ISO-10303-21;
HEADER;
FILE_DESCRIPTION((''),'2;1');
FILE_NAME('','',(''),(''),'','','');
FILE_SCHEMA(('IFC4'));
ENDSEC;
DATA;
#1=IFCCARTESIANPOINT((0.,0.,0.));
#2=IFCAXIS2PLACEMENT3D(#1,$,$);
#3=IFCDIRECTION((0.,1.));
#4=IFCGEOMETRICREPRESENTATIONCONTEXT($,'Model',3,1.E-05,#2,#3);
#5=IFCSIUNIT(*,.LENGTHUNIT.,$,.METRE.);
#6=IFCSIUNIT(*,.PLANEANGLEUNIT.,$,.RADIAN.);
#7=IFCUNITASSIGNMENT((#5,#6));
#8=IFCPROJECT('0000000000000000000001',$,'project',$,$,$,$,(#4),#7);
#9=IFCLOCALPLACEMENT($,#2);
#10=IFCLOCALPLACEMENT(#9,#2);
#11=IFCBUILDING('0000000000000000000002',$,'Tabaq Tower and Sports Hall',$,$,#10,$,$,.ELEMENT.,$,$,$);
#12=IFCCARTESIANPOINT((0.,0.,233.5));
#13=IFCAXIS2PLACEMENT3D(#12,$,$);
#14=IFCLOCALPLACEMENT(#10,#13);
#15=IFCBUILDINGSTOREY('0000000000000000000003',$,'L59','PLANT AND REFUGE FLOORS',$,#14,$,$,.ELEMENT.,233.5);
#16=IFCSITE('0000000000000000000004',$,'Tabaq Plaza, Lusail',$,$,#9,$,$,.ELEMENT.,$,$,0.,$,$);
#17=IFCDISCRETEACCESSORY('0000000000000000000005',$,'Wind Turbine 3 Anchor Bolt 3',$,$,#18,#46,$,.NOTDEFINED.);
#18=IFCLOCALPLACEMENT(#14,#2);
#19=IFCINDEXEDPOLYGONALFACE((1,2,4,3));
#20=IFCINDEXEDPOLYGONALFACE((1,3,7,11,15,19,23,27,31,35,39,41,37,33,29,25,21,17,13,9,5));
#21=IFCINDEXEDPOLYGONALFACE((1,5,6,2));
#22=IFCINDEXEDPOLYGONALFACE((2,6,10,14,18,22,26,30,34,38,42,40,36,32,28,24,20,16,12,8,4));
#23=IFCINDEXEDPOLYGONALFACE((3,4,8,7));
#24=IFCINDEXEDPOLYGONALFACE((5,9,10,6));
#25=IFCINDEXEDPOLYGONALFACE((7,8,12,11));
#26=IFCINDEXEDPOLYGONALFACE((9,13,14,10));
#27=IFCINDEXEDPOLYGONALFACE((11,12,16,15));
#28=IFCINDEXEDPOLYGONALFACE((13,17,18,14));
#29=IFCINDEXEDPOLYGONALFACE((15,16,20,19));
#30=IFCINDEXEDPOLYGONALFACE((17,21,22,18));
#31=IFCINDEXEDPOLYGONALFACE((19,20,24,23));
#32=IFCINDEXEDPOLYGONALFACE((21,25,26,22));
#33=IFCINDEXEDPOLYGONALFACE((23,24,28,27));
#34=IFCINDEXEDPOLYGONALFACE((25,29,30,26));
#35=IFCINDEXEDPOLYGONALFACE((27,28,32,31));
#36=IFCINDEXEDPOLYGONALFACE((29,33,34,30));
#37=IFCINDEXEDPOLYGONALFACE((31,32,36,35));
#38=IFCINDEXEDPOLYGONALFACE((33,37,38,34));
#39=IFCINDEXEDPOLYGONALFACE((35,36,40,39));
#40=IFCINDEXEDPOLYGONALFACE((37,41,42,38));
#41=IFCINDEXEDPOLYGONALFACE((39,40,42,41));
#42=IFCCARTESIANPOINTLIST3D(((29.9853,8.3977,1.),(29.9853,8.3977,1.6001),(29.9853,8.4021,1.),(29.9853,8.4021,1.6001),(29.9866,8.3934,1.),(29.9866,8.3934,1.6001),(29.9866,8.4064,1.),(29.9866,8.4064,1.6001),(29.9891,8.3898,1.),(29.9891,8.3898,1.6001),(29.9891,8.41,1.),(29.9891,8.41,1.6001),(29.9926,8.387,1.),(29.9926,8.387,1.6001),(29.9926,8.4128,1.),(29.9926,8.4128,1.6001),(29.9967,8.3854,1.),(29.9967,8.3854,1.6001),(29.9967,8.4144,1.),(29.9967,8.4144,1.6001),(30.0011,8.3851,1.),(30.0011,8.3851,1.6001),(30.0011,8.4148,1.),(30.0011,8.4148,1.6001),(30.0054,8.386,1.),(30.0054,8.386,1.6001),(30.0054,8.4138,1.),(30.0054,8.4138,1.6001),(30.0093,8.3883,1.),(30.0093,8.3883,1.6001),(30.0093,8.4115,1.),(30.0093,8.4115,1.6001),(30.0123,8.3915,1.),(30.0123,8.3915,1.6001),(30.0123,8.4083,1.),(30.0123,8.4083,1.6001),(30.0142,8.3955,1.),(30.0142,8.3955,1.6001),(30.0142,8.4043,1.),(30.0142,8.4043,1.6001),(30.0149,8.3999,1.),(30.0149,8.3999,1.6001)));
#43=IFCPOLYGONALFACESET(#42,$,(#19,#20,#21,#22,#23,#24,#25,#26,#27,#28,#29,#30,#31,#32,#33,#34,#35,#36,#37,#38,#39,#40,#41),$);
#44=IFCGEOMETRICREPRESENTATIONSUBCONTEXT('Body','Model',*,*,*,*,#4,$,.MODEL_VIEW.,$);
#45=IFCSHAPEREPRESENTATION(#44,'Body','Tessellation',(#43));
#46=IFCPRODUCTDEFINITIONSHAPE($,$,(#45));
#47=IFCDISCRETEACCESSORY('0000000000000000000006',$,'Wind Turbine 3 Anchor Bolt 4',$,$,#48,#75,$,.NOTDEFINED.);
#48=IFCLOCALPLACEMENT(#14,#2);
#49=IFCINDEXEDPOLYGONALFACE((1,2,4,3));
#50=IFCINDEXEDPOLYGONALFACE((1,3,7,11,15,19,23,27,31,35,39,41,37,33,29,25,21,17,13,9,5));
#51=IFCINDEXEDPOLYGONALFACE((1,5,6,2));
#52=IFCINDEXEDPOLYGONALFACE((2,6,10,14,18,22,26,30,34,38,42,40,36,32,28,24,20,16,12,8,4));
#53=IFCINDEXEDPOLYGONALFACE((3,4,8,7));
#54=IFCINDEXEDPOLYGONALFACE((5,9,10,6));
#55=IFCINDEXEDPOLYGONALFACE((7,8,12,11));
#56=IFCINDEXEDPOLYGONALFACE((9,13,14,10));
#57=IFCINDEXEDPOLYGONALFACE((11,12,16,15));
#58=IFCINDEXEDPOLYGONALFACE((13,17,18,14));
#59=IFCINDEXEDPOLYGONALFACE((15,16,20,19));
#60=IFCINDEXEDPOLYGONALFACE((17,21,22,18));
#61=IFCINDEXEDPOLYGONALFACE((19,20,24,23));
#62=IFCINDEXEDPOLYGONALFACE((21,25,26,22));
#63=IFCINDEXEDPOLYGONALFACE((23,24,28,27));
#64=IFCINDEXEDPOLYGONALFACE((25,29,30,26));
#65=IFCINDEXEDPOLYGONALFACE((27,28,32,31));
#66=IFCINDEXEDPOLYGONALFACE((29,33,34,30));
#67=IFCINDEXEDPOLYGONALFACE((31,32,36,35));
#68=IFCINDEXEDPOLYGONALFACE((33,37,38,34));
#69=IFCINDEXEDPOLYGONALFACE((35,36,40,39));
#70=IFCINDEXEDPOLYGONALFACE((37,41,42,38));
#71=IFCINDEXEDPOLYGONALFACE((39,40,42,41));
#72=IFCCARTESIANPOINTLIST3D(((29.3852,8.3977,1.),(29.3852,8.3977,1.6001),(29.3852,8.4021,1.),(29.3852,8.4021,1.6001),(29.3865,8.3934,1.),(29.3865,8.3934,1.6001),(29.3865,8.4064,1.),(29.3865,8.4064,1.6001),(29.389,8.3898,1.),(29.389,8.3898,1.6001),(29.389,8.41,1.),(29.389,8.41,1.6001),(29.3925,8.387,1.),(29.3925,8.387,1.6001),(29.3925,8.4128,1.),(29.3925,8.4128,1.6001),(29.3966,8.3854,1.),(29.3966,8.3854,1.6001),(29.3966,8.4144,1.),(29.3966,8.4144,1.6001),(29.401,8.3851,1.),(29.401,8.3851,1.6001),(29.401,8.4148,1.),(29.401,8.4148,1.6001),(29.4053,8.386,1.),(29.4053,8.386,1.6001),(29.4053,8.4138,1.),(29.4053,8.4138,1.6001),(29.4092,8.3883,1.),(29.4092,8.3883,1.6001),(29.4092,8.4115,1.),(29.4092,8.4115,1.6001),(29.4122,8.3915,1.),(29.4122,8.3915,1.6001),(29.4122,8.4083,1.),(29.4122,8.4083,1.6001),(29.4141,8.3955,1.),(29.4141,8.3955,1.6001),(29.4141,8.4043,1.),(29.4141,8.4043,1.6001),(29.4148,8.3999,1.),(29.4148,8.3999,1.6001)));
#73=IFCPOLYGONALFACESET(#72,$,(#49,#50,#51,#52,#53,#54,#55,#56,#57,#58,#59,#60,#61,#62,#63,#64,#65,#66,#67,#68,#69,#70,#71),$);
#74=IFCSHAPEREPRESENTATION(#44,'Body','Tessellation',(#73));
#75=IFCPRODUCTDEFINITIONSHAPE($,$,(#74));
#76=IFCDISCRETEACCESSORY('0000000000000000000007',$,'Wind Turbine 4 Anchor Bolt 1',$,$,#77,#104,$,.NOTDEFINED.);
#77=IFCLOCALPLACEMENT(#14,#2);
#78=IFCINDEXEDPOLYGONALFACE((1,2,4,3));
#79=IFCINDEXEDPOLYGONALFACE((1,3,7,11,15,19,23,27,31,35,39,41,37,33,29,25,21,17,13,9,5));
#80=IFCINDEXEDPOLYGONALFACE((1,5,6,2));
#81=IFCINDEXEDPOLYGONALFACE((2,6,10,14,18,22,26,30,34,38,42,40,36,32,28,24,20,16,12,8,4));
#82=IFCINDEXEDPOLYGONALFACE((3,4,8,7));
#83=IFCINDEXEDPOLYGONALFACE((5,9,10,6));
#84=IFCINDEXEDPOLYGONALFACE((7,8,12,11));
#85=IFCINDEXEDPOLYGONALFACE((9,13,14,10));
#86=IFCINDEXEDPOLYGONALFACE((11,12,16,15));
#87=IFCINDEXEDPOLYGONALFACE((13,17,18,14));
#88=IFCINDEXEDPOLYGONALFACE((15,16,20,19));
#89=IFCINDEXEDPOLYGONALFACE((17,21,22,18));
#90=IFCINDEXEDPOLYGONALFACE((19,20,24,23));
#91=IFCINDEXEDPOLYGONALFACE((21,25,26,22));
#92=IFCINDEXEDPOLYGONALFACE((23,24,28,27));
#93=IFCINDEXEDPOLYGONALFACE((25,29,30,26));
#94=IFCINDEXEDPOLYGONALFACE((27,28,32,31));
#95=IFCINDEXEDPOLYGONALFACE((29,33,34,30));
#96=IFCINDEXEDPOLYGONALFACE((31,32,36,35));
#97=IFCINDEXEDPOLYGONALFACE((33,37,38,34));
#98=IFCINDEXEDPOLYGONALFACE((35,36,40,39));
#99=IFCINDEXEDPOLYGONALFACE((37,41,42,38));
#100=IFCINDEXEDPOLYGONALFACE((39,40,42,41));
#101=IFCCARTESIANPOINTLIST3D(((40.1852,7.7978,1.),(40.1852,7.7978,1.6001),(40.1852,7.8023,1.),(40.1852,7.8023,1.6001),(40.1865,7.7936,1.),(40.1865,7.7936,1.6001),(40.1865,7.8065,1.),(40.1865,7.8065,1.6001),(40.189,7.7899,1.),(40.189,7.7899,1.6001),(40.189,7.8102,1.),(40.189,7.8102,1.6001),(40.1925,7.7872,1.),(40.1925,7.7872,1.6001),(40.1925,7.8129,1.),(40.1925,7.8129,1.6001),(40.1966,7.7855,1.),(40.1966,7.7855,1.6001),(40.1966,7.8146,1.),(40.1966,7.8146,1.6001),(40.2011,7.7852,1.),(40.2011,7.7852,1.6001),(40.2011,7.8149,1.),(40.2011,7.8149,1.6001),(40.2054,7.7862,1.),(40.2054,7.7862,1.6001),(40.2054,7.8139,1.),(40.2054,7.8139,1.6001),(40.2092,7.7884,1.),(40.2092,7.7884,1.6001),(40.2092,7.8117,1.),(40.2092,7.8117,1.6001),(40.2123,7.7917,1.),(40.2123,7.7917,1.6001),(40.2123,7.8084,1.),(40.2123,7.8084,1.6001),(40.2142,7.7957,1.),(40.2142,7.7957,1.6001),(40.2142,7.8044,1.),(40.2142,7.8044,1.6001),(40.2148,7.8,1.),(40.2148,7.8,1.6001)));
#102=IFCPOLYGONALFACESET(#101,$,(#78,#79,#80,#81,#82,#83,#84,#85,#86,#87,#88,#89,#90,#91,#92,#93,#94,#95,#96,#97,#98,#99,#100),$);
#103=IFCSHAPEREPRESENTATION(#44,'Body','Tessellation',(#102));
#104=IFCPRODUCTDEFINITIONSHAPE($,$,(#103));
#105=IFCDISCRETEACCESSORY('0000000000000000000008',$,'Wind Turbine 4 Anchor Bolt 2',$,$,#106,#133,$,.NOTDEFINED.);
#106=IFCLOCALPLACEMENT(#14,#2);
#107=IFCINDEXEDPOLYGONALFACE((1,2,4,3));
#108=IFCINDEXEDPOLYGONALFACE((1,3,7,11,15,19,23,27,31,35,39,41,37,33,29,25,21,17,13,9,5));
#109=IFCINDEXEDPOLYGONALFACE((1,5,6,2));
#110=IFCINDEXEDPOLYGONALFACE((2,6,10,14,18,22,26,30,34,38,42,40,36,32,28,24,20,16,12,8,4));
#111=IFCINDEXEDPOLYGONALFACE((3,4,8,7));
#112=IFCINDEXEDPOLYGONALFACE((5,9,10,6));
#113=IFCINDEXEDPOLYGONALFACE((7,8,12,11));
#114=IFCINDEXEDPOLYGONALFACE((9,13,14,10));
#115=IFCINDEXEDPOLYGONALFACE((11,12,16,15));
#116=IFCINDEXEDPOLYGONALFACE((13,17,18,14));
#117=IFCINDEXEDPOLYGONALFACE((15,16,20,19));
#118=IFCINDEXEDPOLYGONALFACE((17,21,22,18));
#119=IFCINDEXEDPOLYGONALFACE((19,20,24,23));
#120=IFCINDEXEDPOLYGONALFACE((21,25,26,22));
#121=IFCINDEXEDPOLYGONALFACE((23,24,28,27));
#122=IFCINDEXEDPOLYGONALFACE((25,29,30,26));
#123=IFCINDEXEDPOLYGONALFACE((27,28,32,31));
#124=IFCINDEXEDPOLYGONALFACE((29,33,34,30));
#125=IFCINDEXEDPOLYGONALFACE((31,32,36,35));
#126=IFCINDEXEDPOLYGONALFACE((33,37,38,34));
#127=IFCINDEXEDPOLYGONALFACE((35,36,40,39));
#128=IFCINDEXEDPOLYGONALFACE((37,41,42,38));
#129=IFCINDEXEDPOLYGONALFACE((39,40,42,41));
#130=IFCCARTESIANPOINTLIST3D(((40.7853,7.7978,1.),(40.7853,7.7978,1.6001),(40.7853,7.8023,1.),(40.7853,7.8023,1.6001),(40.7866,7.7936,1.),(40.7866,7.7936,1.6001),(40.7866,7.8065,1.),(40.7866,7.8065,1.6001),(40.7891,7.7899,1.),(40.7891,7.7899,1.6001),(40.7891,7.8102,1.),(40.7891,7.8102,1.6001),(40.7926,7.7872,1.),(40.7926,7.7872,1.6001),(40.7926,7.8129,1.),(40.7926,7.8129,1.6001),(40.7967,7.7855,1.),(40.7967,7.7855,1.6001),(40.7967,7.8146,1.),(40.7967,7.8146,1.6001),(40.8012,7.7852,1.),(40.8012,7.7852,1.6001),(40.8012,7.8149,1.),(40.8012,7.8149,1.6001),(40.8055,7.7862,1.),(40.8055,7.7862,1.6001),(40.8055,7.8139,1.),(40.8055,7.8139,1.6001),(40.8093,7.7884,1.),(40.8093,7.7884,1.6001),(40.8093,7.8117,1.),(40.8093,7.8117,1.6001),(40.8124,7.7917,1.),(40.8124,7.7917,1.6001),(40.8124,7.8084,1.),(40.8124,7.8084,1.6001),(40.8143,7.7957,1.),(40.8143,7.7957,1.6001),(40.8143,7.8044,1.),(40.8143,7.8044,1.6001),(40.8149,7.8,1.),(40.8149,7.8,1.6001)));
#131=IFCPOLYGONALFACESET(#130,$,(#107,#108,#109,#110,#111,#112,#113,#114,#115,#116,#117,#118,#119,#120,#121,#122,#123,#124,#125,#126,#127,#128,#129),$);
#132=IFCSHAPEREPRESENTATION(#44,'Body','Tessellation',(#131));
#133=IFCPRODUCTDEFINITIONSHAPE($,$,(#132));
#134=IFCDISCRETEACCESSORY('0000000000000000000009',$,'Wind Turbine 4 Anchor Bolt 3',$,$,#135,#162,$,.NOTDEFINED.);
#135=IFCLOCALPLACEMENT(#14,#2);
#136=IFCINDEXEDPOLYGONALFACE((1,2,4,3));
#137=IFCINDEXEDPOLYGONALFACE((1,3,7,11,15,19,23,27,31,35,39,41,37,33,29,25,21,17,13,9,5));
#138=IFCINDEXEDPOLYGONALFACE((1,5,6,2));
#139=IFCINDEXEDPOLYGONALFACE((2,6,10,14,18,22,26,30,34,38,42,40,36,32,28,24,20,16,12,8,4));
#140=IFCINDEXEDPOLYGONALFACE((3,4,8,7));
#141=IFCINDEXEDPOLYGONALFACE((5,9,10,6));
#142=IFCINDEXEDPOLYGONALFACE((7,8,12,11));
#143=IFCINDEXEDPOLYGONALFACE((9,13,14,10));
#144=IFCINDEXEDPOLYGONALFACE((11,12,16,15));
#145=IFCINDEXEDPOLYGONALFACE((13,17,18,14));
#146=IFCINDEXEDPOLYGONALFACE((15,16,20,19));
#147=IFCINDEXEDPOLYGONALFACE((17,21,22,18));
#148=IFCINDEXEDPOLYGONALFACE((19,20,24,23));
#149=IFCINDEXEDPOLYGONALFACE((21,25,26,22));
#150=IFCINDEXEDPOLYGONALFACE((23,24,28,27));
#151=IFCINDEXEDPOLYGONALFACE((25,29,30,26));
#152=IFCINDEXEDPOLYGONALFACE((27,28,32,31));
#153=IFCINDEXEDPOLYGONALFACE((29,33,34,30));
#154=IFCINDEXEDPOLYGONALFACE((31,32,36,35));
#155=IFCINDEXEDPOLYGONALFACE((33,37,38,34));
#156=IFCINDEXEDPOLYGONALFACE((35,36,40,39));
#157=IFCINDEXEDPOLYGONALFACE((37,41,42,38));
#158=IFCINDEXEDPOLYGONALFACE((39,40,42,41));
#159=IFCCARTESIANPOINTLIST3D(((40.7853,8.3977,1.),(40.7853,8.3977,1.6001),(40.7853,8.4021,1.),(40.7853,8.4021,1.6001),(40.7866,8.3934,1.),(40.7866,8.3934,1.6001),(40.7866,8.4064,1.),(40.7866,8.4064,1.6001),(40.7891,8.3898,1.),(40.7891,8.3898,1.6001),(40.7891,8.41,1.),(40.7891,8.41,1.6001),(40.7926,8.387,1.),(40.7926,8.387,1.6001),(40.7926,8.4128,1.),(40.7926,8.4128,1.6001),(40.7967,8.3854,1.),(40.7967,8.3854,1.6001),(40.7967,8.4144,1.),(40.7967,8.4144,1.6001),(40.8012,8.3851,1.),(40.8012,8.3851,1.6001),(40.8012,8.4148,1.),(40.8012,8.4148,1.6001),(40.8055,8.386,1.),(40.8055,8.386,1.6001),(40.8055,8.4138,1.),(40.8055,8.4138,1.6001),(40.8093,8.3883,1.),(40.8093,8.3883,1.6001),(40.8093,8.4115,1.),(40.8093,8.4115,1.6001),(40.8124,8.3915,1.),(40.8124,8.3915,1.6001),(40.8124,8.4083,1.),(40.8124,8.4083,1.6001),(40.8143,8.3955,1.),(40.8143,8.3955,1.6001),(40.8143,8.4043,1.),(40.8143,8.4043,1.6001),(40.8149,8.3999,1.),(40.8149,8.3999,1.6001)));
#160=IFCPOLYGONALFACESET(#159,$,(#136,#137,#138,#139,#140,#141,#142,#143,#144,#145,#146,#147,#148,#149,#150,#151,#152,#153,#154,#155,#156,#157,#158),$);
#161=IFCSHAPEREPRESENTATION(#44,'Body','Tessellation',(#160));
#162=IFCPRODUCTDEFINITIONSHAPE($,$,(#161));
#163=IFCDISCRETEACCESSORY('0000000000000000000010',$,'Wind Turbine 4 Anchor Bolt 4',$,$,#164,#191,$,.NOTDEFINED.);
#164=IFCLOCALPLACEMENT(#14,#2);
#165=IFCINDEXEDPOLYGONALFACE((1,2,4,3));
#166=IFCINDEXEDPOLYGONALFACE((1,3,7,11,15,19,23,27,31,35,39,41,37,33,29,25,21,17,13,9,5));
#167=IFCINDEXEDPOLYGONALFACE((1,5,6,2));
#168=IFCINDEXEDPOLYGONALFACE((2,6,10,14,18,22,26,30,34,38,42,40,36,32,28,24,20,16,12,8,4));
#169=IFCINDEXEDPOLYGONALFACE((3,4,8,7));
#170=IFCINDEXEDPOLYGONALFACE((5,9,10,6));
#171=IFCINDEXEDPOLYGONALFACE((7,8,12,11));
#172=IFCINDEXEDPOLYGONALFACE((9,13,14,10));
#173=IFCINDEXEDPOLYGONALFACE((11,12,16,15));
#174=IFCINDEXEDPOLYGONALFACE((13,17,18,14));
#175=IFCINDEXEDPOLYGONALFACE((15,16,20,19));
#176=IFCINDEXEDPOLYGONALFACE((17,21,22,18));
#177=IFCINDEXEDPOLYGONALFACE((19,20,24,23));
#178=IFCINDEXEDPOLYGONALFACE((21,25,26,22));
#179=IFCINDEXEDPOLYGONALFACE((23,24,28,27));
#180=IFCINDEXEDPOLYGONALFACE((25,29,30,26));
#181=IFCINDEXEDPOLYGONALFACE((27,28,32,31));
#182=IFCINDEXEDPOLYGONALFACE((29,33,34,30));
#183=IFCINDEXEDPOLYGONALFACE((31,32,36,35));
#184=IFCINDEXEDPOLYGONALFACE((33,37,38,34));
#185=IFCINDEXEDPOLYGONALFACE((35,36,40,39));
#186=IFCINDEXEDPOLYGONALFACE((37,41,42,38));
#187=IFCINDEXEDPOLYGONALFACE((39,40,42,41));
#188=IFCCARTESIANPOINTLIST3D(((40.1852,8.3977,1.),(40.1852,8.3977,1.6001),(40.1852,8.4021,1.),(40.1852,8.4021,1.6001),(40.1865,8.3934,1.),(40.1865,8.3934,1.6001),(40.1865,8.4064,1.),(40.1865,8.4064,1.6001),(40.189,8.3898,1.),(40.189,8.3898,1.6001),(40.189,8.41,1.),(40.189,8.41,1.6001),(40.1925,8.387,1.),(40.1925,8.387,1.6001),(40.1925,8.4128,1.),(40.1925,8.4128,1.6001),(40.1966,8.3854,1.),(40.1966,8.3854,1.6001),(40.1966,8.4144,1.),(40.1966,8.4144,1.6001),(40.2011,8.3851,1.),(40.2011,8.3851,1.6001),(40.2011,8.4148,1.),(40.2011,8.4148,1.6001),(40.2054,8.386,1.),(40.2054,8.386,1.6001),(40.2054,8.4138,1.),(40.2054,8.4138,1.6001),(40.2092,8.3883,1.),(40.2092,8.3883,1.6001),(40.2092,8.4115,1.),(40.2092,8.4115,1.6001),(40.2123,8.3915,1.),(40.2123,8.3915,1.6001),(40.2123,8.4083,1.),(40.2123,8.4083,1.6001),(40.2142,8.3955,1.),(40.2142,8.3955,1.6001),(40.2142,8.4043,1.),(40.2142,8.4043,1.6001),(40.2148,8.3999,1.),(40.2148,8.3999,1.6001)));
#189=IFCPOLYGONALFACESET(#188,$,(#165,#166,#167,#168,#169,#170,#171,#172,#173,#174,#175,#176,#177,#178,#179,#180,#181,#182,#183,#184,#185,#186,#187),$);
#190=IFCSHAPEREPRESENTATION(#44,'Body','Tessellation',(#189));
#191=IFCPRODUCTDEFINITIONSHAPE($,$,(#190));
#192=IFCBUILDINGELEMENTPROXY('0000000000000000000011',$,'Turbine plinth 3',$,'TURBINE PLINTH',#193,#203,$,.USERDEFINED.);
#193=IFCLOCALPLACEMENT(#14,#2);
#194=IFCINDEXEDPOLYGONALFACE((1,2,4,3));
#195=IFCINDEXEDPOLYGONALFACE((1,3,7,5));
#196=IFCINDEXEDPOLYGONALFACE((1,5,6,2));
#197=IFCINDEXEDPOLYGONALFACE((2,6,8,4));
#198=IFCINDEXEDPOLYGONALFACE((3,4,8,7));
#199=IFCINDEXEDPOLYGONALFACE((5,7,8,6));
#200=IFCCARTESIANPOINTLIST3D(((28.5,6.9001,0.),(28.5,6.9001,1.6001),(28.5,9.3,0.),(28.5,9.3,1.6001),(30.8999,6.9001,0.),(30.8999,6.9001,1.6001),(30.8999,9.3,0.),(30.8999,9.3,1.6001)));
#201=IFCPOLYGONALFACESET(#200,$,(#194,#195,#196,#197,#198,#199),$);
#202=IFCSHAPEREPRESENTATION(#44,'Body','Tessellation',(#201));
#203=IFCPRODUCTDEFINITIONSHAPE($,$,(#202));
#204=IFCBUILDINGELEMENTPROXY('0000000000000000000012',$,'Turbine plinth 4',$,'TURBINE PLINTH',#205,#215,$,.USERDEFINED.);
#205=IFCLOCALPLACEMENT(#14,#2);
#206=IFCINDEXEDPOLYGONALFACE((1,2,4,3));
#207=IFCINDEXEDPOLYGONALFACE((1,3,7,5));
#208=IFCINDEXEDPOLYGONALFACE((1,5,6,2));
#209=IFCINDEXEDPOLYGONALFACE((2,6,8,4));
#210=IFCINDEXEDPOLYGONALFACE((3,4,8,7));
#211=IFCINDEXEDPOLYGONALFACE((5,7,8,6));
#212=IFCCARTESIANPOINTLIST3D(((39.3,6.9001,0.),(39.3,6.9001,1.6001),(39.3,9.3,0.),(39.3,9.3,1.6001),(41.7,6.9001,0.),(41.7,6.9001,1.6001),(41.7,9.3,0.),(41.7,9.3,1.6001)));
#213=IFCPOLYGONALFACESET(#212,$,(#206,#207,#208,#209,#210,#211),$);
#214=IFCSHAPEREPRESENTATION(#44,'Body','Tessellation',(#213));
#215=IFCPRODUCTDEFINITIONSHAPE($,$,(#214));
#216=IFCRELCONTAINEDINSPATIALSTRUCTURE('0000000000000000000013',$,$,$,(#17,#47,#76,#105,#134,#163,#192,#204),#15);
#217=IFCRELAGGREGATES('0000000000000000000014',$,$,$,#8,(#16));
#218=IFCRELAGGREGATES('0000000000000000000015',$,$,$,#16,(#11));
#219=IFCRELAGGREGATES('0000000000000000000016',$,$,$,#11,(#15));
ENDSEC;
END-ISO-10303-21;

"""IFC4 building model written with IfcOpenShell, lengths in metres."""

from ifc_helpers import new_model, si_unit, direction, frame, origin, origin_2d, place, context, subcontext, project, spatial, rectangle, circle, extrude, element, save


model = new_model("IFC4")

# Units and contexts
model_context = context("Model", 3, precision=1e-05, world=origin(), true_north=direction((0.0, 1.0)))
body_context = subcontext(model_context, "Body", "Model", "MODEL_VIEW")
ifc_project = project(units=[si_unit("LENGTHUNIT", "METRE"), si_unit("PLANEANGLEUNIT", "RADIAN")], contexts=[model_context])

# Site, building, storey
site_placement = place(None, origin())
site = spatial("IfcSite", under=ifc_project, at=site_placement, Name="Tabaq Plaza, Lusail", CompositionType="ELEMENT", RefElevation=0.0)
building_placement = place(site_placement, origin())
building = spatial("IfcBuilding", under=site, at=building_placement, Name="Tabaq Tower and Sports Hall", CompositionType="ELEMENT")
storey_placement = place(building_placement, frame((0.0, 0.0, 233.5)))
storey = spatial("IfcBuildingStorey", under=building, at=storey_placement, Name="L59", Description="PLANT AND REFUGE FLOORS", CompositionType="ELEMENT", Elevation=233.5)

# Discrete accessories
for number, where, z_axis, x_axis, name in (
    (1, (30.0, 8.3999, 1.6001), (0.0, 0.0, -1.0), (1.0, 0.0, 0.0), "Wind Turbine 3 Anchor Bolt 3"),
    (2, (29.3999, 8.3999, 1.6001), (0.0, 0.0, -1.0), (1.0, 0.0, 0.0), "Wind Turbine 3 Anchor Bolt 4"),
    (3, (40.2, 7.8, 1.6001), (0.0, 0.0, -1.0), (1.0, 0.0, 0.0), "Wind Turbine 4 Anchor Bolt 1"),
    (4, (40.8, 7.8, 1.6001), (0.0, 0.0, -1.0), (1.0, 0.0, 0.0), "Wind Turbine 4 Anchor Bolt 2"),
    (5, (40.8, 8.3999, 1.6001), (0.0, 0.0, -1.0), (1.0, 0.0, 0.0), "Wind Turbine 4 Anchor Bolt 3"),
    (6, (40.2, 8.3999, 1.6001), (0.0, 0.0, -1.0), (1.0, 0.0, 0.0), "Wind Turbine 4 Anchor Bolt 4"),
):
    element("IfcDiscreteAccessory", number, at=place(storey_placement, frame(where, z_axis=z_axis, x_axis=x_axis)), inside=storey, Name=name, PredefinedType="NOTDEFINED", context=body_context, shape_type="SweptSolid", body=[
        extrude(circle(Radius=0.0149, at=origin_2d()), origin(), (0.0, 0.0, 1.0), 0.6001),
    ])

# Building element proxies
for number, where, z_axis, x_axis, name in (
    (7, (29.7, 8.1001, 0.0), (0.0, 0.0, 1.0), (1.0, 0.0, 0.0), "Turbine plinth 3"),
    (8, (40.5, 8.1001, 0.0), (0.0, 0.0, 1.0), (1.0, 0.0, 0.0), "Turbine plinth 4"),
):
    element("IfcBuildingElementProxy", number, at=place(storey_placement, frame(where, z_axis=z_axis, x_axis=x_axis)), inside=storey, Name=name, ObjectType="TURBINE PLINTH", PredefinedType="USERDEFINED", context=body_context, shape_type="SweptSolid", body=[
        extrude(rectangle(XDim=2.3999, YDim=2.3999, at=origin_2d()), origin(), (0.0, 0.0, 1.0), 1.6001),
    ])

save(model, "model.ifc")
